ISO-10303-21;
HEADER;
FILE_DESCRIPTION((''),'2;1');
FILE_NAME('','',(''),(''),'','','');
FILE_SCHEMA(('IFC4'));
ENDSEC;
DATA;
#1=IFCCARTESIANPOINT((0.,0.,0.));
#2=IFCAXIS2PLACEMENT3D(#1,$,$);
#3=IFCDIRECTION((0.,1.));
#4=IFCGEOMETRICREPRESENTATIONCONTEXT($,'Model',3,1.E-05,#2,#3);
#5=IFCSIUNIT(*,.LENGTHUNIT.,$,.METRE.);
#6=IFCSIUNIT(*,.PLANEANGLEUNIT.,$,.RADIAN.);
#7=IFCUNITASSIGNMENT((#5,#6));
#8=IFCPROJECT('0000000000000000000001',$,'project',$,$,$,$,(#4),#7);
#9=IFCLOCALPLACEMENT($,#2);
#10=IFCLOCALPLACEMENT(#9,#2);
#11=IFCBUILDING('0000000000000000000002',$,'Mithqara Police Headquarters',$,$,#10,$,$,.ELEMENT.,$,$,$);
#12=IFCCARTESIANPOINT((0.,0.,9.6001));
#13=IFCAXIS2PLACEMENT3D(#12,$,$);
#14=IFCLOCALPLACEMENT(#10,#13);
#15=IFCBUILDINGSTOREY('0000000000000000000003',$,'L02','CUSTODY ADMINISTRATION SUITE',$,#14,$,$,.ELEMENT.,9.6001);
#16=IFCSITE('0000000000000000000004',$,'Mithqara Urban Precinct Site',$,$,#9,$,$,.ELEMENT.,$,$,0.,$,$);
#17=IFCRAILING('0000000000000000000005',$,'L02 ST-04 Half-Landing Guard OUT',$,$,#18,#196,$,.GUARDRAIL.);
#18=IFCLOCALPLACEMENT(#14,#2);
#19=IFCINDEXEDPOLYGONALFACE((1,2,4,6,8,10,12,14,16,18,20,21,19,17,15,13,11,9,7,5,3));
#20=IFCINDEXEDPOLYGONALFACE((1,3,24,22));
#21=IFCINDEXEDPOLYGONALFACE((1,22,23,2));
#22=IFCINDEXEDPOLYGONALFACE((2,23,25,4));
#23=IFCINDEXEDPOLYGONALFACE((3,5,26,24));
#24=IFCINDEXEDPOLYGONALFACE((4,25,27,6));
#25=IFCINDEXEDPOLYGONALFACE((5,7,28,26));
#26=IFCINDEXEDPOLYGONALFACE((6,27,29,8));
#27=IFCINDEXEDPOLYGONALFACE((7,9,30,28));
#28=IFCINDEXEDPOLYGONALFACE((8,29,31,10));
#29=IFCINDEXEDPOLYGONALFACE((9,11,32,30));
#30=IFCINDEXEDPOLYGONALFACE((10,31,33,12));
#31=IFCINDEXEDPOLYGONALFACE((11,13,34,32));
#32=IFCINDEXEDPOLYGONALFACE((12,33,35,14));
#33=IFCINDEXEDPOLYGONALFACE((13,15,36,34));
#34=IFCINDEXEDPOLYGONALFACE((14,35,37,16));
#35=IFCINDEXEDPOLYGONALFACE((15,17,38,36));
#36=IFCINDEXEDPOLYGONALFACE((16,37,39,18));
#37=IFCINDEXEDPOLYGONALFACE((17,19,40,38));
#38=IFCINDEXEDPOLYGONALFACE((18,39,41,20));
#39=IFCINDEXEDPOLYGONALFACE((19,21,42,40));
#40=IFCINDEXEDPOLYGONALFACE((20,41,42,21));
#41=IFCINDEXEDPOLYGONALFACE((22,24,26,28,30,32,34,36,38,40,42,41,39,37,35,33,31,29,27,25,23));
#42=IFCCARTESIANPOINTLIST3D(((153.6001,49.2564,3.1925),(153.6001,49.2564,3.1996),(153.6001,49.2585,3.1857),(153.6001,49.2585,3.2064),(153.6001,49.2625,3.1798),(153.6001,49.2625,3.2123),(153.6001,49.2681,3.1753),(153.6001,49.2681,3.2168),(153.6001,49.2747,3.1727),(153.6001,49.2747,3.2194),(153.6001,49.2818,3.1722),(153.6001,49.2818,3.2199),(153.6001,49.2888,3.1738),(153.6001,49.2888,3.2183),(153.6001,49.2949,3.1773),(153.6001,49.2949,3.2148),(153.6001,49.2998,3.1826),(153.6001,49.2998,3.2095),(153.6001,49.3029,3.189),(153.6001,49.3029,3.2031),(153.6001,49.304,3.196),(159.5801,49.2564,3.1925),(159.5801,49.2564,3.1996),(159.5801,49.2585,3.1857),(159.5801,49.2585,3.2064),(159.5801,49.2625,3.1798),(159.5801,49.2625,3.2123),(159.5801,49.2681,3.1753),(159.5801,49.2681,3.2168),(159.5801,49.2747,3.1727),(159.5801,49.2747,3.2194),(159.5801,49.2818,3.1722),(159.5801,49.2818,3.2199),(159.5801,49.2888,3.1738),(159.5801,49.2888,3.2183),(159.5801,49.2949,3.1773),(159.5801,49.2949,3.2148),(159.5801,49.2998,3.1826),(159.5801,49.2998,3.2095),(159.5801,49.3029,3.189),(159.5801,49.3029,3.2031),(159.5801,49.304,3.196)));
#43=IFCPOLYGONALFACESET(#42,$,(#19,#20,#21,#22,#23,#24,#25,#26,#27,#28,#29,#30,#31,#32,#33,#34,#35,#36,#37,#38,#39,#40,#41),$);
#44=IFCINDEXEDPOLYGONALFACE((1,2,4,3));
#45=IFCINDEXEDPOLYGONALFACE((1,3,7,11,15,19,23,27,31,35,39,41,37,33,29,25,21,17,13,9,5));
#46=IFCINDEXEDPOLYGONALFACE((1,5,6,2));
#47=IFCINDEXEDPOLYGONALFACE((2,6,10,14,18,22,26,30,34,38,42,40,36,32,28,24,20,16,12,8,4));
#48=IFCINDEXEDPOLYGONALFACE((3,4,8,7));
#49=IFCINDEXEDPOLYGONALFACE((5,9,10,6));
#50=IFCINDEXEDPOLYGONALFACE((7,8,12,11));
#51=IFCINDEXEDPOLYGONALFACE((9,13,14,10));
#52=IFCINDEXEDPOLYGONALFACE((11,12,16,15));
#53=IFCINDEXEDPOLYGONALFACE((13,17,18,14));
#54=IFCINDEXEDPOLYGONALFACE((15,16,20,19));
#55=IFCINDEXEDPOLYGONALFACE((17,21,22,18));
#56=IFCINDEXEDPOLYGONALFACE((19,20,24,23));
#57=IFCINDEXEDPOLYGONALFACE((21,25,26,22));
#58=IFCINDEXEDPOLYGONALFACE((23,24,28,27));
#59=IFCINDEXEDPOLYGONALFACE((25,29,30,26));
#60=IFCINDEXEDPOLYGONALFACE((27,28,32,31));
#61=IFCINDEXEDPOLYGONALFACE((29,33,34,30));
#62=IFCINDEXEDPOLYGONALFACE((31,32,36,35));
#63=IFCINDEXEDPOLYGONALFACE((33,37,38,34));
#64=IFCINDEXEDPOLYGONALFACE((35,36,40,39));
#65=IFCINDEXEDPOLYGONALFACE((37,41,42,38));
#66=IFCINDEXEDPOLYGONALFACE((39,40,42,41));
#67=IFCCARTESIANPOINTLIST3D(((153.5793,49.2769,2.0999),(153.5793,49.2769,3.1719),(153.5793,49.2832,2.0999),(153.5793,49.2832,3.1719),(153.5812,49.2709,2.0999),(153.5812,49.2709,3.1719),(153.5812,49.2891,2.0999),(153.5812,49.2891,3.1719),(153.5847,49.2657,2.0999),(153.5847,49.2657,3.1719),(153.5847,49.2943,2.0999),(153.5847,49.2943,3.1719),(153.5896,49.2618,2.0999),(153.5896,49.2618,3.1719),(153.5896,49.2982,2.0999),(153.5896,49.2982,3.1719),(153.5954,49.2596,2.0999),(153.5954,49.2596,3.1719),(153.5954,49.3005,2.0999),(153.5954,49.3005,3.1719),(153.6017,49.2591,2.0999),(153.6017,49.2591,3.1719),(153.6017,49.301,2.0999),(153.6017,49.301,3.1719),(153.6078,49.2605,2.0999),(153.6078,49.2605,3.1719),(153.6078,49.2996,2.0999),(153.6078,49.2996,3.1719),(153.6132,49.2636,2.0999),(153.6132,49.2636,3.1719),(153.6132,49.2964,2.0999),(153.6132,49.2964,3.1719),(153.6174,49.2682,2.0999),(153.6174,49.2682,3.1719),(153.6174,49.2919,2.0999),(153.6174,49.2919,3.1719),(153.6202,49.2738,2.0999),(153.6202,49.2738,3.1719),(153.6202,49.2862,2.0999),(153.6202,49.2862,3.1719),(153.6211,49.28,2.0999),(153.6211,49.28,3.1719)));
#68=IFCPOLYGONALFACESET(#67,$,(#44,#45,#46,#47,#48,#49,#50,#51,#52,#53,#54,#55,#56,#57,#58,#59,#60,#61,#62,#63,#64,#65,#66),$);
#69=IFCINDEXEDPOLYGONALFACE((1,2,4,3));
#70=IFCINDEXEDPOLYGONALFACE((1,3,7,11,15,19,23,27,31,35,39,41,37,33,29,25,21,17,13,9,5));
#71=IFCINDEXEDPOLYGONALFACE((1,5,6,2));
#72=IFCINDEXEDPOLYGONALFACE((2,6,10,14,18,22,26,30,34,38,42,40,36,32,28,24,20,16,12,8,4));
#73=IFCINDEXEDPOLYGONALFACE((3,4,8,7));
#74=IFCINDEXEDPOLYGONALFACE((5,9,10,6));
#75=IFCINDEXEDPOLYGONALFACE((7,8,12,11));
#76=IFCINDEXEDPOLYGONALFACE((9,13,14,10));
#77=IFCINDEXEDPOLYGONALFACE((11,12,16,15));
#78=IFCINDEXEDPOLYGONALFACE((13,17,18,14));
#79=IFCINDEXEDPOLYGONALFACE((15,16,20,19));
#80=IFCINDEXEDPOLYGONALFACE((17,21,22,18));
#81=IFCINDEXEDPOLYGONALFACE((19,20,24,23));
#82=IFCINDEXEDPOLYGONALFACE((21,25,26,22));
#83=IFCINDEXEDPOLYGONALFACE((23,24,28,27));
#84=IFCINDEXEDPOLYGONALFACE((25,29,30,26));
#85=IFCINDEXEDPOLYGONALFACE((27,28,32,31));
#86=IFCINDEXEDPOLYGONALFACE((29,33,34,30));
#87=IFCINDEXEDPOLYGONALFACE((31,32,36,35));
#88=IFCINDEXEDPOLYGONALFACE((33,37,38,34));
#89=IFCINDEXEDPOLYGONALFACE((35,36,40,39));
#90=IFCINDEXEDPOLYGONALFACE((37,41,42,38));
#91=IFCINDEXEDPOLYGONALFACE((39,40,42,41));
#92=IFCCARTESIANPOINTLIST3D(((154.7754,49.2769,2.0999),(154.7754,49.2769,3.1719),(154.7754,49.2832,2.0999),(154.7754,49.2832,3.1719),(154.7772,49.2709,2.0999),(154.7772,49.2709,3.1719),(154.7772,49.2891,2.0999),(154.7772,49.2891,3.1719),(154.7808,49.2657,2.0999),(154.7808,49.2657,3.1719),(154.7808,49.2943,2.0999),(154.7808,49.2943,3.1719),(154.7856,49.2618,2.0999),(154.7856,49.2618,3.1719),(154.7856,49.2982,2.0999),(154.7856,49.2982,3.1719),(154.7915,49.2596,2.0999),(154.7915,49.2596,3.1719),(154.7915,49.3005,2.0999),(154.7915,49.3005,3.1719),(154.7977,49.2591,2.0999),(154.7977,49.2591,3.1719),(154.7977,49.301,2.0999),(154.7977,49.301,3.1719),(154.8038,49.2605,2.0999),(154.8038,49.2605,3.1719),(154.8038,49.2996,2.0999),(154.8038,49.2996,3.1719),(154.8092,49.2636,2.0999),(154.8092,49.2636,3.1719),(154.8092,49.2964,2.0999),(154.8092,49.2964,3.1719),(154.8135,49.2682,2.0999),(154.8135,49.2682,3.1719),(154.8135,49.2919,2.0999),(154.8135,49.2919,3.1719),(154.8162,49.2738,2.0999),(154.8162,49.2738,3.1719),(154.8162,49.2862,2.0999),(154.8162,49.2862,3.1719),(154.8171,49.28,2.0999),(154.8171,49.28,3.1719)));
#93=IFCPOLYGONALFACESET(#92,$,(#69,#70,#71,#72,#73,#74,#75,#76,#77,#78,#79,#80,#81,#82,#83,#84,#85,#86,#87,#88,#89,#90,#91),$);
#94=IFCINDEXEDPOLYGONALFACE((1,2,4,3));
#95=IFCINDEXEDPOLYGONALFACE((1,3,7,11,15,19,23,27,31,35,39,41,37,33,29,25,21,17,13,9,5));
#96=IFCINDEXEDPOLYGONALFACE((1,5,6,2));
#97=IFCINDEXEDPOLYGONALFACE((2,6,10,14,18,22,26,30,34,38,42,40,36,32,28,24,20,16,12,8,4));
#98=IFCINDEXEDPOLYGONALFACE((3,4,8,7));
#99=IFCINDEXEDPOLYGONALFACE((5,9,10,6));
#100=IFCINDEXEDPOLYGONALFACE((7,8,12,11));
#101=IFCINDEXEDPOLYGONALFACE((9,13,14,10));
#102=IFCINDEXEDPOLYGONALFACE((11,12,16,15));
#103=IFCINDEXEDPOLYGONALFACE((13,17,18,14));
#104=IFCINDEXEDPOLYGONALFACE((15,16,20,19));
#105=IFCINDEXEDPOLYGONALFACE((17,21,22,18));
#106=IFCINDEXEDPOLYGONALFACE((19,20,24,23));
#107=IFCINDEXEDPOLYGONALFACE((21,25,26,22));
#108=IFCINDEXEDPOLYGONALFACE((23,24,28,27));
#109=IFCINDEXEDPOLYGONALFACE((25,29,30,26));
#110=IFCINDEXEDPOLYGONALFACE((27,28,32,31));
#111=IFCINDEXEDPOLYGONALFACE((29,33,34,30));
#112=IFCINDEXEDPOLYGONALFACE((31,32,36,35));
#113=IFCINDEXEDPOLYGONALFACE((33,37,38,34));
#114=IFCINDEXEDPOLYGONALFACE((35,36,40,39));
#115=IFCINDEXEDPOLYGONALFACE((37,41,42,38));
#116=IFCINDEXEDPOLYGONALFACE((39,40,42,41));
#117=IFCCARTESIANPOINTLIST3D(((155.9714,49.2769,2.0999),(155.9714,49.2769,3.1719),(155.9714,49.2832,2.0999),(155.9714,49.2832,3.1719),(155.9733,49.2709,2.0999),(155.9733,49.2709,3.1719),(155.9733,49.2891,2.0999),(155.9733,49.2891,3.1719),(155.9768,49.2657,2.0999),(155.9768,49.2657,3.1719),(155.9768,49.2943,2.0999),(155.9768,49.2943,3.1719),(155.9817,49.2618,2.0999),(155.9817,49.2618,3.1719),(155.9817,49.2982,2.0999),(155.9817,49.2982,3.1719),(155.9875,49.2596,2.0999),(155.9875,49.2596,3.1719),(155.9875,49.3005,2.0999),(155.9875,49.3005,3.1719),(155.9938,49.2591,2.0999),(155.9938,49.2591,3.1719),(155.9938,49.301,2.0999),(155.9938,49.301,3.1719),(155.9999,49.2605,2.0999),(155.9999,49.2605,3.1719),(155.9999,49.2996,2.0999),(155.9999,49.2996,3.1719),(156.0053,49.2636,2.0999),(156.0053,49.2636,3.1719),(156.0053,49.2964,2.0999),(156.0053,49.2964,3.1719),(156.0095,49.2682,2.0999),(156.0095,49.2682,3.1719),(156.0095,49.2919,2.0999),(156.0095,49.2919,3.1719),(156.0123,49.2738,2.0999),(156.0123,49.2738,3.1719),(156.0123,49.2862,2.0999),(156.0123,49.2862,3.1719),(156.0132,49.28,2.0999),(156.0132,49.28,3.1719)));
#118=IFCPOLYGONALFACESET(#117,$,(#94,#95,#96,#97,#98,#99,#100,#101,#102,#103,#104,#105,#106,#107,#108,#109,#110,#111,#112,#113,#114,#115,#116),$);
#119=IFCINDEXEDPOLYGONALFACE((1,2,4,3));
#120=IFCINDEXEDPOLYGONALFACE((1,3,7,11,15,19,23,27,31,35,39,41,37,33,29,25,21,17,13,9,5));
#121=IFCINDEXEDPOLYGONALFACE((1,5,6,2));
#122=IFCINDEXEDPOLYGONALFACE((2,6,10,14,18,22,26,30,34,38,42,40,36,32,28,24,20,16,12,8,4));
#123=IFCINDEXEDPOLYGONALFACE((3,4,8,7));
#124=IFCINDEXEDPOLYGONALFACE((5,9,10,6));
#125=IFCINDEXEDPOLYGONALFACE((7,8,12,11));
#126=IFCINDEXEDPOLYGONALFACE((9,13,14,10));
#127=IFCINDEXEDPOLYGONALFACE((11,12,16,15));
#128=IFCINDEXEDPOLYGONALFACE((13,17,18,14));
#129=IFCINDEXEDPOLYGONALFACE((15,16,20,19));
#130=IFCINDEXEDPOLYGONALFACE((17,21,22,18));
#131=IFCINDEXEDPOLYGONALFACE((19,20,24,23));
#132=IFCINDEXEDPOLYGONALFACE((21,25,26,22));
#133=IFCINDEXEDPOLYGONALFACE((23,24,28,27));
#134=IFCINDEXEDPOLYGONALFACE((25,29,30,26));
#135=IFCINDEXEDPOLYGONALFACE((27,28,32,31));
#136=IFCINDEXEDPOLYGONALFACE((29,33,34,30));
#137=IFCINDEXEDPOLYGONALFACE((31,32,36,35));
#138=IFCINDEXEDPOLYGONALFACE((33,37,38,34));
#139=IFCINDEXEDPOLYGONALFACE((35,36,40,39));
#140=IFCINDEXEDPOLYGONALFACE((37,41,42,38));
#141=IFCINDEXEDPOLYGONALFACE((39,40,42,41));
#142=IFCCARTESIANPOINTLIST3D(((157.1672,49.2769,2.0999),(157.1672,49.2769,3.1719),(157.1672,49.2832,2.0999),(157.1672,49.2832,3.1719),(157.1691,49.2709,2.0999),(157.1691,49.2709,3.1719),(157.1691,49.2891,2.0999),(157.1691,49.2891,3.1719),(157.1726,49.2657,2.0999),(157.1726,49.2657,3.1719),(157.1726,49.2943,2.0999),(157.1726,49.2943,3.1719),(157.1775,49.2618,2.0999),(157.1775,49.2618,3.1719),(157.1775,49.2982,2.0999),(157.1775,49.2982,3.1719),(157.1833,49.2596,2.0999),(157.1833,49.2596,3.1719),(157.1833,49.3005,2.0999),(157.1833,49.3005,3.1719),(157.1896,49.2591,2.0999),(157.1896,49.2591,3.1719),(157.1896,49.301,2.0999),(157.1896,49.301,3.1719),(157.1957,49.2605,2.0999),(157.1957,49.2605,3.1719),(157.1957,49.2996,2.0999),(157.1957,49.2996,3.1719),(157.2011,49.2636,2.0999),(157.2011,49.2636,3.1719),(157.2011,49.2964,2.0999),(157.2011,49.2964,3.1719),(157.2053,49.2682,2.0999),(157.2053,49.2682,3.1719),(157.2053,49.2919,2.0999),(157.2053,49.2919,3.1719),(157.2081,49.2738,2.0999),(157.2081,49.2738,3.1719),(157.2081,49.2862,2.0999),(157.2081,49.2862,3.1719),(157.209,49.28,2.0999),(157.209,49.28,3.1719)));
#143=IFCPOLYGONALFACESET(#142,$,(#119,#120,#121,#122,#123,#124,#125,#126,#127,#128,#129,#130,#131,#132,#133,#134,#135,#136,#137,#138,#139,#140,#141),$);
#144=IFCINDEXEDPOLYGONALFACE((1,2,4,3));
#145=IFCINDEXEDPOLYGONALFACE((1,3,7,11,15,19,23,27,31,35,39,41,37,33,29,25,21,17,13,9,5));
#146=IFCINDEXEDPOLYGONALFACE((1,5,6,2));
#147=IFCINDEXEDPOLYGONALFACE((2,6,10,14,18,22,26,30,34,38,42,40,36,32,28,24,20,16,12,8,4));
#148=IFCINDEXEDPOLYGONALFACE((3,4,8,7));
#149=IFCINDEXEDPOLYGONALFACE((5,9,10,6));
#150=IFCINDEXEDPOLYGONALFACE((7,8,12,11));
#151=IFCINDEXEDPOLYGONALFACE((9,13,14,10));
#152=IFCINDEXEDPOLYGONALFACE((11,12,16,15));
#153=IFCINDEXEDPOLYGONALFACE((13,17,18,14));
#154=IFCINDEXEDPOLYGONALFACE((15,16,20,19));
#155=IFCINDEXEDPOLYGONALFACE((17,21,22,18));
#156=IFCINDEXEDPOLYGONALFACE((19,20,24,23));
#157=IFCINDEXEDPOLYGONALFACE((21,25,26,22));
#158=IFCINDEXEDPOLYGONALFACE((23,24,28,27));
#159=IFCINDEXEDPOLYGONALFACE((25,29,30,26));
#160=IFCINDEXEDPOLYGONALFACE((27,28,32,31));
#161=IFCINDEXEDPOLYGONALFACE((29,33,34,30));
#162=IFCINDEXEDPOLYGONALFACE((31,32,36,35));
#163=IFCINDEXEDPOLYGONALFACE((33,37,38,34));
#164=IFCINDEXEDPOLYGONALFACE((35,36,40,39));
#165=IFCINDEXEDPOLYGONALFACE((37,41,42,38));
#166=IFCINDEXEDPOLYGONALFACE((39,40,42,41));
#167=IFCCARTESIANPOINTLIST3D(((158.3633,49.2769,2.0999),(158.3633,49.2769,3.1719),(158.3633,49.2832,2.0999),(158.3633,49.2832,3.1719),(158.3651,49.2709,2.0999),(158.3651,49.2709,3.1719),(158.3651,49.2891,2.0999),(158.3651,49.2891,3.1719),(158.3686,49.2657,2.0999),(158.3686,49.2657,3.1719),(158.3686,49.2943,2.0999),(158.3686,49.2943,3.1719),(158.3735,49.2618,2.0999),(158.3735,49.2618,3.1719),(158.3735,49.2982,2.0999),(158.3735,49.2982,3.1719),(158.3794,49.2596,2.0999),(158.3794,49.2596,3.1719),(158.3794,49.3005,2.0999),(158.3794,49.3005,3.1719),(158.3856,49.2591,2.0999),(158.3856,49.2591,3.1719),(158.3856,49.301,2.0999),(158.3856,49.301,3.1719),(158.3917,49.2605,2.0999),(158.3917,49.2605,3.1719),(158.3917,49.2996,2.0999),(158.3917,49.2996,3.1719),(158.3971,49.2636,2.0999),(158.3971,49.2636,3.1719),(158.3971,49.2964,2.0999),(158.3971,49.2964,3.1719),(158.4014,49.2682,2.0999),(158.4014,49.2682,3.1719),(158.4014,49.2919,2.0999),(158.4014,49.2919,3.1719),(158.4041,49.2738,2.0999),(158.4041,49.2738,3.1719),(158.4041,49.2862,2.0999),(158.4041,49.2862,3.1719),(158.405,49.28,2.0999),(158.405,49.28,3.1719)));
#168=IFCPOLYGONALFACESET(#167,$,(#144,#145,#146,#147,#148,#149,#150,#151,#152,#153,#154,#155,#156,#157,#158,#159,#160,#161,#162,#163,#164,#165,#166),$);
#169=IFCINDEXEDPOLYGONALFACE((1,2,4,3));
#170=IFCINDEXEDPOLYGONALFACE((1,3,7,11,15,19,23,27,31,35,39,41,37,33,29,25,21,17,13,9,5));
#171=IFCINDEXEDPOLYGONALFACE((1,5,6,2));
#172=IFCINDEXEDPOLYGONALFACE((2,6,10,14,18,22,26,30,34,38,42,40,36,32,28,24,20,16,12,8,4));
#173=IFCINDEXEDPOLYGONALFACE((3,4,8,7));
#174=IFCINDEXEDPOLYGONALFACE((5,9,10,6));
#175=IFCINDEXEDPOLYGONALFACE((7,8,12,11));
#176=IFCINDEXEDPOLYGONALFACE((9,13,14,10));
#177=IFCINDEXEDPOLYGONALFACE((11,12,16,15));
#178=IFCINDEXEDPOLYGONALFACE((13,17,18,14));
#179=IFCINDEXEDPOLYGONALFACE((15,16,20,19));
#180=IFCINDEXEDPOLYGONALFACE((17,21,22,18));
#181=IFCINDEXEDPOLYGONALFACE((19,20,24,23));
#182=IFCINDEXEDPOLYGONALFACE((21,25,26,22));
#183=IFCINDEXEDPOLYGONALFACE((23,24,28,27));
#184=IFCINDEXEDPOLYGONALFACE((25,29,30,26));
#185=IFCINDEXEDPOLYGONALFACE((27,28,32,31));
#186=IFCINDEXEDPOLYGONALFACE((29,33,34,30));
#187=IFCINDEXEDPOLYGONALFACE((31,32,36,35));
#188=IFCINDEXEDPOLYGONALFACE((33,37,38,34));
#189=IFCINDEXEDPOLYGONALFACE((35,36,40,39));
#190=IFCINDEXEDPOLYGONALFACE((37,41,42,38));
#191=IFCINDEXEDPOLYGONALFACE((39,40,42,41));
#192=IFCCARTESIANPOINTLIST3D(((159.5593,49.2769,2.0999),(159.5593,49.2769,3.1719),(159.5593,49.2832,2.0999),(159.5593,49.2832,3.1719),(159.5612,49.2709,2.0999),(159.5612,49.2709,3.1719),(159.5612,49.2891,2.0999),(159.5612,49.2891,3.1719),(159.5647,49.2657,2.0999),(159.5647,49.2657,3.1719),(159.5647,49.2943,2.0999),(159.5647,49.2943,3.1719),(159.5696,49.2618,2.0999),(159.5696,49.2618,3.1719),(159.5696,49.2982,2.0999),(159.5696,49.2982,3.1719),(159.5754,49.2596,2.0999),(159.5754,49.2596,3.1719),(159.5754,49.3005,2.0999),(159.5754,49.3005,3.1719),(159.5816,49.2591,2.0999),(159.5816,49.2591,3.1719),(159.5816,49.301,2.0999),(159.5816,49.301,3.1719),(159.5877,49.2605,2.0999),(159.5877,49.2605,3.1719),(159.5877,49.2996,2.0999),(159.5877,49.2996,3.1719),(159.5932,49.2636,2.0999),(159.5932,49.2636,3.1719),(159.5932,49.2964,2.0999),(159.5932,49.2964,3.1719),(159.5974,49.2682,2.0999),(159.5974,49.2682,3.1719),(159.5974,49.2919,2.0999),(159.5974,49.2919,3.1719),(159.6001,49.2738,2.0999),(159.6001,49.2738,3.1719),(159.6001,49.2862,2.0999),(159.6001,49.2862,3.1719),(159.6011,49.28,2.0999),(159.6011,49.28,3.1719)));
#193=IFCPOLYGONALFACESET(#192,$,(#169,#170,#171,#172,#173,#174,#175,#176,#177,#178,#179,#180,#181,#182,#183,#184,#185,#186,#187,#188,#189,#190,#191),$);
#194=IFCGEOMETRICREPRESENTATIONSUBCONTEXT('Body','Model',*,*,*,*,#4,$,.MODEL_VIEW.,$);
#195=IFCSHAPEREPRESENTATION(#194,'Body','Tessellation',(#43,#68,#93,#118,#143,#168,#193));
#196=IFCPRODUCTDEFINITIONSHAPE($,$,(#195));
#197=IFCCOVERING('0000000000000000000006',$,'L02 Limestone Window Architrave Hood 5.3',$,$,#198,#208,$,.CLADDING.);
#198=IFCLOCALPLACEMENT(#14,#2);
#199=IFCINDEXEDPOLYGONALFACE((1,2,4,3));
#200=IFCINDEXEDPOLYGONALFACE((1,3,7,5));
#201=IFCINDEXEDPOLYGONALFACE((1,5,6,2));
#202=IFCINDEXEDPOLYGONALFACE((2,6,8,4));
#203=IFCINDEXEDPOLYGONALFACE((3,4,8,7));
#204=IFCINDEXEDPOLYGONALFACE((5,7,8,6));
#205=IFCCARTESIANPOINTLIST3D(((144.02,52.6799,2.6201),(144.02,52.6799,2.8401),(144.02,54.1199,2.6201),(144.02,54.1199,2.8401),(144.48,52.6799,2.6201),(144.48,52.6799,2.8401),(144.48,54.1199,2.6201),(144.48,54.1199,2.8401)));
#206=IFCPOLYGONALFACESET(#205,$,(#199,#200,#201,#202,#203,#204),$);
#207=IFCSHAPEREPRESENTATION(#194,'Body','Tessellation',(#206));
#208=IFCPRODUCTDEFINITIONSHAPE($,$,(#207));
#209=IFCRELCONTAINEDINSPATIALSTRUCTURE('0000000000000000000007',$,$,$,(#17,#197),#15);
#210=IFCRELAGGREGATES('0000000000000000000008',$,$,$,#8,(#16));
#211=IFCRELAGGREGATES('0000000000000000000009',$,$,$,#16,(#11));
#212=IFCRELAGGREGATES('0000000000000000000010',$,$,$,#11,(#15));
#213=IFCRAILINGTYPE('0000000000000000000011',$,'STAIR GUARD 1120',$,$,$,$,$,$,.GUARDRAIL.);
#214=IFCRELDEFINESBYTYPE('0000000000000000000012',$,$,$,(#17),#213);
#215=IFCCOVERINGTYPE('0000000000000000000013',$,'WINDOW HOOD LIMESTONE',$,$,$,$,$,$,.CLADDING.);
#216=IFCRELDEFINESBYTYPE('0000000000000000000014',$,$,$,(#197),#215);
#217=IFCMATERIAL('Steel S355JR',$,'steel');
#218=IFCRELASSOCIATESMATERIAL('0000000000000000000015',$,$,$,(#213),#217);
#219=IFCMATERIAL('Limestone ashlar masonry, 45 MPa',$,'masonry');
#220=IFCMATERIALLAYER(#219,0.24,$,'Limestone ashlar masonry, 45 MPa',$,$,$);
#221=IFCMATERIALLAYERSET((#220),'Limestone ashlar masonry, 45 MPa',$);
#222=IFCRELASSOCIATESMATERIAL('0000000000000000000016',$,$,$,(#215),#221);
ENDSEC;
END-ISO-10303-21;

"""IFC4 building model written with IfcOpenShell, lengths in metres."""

from ifc_helpers import new_model, si_unit, direction, frame, origin, origin_2d, place, context, subcontext, project, spatial, rectangle, circle, extrude, material, layer, layer_set, type_object, element, save


model = new_model("IFC4")

# Units and contexts
model_context = context("Model", 3, precision=1e-05, world=origin(), true_north=direction((0.0, 1.0)))
body_context = subcontext(model_context, "Body", "Model", "MODEL_VIEW")
ifc_project = project(units=[si_unit("LENGTHUNIT", "METRE"), si_unit("PLANEANGLEUNIT", "RADIAN")], contexts=[model_context])

# Site, building, storey
site_placement = place(None, origin())
site = spatial("IfcSite", under=ifc_project, at=site_placement, Name="Mithqara Urban Precinct Site", CompositionType="ELEMENT", RefElevation=0.0)
building_placement = place(site_placement, origin())
building = spatial("IfcBuilding", under=site, at=building_placement, Name="Mithqara Police Headquarters", CompositionType="ELEMENT")
storey_placement = place(building_placement, frame((0.0, 0.0, 9.6001)))
storey = spatial("IfcBuildingStorey", under=building, at=storey_placement, Name="L02", Description="CUSTODY ADMINISTRATION SUITE", CompositionType="ELEMENT", Elevation=9.6001)

# Shared definitions
ifc_material_1 = material(Name="Steel S355JR", Category="steel")

# Railing
railing_type = type_object("IfcRailingType", Name="STAIR GUARD 1120", PredefinedType="GUARDRAIL", material=ifc_material_1)
railing_placement = place(storey_placement, frame((153.6001, 49.28, 2.0999)))
element("IfcRailing", 1, at=railing_placement, inside=storey, type_object=railing_type, Name="L02 ST-04 Half-Landing Guard OUT", PredefinedType="GUARDRAIL", context=body_context, shape_type="SweptSolid", body=[
    extrude(circle(Radius=0.0239, at=origin_2d()), frame((0.0, 0.0, 1.0962), z_axis=(1.0, 0.0, 0.0), x_axis=(0.0, 1.0, 0.0)), (0.0, 0.0, 1.0), 5.98),
    extrude(circle(Radius=0.021, at=origin_2d()), origin(), (0.0, 0.0, 1.0), 1.072),
    extrude(circle(Radius=0.021, at=origin_2d()), frame((1.196, 0.0, 0.0)), (0.0, 0.0, 1.0), 1.072),
    extrude(circle(Radius=0.021, at=origin_2d()), frame((2.3921, 0.0, 0.0)), (0.0, 0.0, 1.0), 1.072),
    extrude(circle(Radius=0.021, at=origin_2d()), frame((3.5879, 0.0, 0.0)), (0.0, 0.0, 1.0), 1.072),
    extrude(circle(Radius=0.021, at=origin_2d()), frame((4.7839, 0.0, 0.0)), (0.0, 0.0, 1.0), 1.072),
    extrude(circle(Radius=0.021, at=origin_2d()), frame((5.98, 0.0, 0.0)), (0.0, 0.0, 1.0), 1.072),
])

# Covering
ifc_material_2 = material(Name="Limestone ashlar masonry, 45 MPa", Category="masonry")
ifc_layer_1 = layer(ifc_material_2, 0.24, Name="Limestone ashlar masonry, 45 MPa")
ifc_layer_set_1 = layer_set([ifc_layer_1], Name="Limestone ashlar masonry, 45 MPa")
covering_type = type_object("IfcCoveringType", Name="WINDOW HOOD LIMESTONE", PredefinedType="CLADDING", material=ifc_layer_set_1)
covering_placement = place(storey_placement, frame((144.25, 53.3999, 2.6201), z_axis=(0.0, 0.0, 1.0), x_axis=(0.0, 1.0, 0.0)))
element("IfcCovering", 2, at=covering_placement, inside=storey, type_object=covering_type, Name="L02 Limestone Window Architrave Hood 5.3", PredefinedType="CLADDING", context=body_context, shape_type="SweptSolid", body=[
    extrude(rectangle(XDim=1.4399, YDim=0.46, at=origin_2d()), origin(), (0.0, 0.0, 1.0), 0.22),
])

save(model, "model.ifc")
